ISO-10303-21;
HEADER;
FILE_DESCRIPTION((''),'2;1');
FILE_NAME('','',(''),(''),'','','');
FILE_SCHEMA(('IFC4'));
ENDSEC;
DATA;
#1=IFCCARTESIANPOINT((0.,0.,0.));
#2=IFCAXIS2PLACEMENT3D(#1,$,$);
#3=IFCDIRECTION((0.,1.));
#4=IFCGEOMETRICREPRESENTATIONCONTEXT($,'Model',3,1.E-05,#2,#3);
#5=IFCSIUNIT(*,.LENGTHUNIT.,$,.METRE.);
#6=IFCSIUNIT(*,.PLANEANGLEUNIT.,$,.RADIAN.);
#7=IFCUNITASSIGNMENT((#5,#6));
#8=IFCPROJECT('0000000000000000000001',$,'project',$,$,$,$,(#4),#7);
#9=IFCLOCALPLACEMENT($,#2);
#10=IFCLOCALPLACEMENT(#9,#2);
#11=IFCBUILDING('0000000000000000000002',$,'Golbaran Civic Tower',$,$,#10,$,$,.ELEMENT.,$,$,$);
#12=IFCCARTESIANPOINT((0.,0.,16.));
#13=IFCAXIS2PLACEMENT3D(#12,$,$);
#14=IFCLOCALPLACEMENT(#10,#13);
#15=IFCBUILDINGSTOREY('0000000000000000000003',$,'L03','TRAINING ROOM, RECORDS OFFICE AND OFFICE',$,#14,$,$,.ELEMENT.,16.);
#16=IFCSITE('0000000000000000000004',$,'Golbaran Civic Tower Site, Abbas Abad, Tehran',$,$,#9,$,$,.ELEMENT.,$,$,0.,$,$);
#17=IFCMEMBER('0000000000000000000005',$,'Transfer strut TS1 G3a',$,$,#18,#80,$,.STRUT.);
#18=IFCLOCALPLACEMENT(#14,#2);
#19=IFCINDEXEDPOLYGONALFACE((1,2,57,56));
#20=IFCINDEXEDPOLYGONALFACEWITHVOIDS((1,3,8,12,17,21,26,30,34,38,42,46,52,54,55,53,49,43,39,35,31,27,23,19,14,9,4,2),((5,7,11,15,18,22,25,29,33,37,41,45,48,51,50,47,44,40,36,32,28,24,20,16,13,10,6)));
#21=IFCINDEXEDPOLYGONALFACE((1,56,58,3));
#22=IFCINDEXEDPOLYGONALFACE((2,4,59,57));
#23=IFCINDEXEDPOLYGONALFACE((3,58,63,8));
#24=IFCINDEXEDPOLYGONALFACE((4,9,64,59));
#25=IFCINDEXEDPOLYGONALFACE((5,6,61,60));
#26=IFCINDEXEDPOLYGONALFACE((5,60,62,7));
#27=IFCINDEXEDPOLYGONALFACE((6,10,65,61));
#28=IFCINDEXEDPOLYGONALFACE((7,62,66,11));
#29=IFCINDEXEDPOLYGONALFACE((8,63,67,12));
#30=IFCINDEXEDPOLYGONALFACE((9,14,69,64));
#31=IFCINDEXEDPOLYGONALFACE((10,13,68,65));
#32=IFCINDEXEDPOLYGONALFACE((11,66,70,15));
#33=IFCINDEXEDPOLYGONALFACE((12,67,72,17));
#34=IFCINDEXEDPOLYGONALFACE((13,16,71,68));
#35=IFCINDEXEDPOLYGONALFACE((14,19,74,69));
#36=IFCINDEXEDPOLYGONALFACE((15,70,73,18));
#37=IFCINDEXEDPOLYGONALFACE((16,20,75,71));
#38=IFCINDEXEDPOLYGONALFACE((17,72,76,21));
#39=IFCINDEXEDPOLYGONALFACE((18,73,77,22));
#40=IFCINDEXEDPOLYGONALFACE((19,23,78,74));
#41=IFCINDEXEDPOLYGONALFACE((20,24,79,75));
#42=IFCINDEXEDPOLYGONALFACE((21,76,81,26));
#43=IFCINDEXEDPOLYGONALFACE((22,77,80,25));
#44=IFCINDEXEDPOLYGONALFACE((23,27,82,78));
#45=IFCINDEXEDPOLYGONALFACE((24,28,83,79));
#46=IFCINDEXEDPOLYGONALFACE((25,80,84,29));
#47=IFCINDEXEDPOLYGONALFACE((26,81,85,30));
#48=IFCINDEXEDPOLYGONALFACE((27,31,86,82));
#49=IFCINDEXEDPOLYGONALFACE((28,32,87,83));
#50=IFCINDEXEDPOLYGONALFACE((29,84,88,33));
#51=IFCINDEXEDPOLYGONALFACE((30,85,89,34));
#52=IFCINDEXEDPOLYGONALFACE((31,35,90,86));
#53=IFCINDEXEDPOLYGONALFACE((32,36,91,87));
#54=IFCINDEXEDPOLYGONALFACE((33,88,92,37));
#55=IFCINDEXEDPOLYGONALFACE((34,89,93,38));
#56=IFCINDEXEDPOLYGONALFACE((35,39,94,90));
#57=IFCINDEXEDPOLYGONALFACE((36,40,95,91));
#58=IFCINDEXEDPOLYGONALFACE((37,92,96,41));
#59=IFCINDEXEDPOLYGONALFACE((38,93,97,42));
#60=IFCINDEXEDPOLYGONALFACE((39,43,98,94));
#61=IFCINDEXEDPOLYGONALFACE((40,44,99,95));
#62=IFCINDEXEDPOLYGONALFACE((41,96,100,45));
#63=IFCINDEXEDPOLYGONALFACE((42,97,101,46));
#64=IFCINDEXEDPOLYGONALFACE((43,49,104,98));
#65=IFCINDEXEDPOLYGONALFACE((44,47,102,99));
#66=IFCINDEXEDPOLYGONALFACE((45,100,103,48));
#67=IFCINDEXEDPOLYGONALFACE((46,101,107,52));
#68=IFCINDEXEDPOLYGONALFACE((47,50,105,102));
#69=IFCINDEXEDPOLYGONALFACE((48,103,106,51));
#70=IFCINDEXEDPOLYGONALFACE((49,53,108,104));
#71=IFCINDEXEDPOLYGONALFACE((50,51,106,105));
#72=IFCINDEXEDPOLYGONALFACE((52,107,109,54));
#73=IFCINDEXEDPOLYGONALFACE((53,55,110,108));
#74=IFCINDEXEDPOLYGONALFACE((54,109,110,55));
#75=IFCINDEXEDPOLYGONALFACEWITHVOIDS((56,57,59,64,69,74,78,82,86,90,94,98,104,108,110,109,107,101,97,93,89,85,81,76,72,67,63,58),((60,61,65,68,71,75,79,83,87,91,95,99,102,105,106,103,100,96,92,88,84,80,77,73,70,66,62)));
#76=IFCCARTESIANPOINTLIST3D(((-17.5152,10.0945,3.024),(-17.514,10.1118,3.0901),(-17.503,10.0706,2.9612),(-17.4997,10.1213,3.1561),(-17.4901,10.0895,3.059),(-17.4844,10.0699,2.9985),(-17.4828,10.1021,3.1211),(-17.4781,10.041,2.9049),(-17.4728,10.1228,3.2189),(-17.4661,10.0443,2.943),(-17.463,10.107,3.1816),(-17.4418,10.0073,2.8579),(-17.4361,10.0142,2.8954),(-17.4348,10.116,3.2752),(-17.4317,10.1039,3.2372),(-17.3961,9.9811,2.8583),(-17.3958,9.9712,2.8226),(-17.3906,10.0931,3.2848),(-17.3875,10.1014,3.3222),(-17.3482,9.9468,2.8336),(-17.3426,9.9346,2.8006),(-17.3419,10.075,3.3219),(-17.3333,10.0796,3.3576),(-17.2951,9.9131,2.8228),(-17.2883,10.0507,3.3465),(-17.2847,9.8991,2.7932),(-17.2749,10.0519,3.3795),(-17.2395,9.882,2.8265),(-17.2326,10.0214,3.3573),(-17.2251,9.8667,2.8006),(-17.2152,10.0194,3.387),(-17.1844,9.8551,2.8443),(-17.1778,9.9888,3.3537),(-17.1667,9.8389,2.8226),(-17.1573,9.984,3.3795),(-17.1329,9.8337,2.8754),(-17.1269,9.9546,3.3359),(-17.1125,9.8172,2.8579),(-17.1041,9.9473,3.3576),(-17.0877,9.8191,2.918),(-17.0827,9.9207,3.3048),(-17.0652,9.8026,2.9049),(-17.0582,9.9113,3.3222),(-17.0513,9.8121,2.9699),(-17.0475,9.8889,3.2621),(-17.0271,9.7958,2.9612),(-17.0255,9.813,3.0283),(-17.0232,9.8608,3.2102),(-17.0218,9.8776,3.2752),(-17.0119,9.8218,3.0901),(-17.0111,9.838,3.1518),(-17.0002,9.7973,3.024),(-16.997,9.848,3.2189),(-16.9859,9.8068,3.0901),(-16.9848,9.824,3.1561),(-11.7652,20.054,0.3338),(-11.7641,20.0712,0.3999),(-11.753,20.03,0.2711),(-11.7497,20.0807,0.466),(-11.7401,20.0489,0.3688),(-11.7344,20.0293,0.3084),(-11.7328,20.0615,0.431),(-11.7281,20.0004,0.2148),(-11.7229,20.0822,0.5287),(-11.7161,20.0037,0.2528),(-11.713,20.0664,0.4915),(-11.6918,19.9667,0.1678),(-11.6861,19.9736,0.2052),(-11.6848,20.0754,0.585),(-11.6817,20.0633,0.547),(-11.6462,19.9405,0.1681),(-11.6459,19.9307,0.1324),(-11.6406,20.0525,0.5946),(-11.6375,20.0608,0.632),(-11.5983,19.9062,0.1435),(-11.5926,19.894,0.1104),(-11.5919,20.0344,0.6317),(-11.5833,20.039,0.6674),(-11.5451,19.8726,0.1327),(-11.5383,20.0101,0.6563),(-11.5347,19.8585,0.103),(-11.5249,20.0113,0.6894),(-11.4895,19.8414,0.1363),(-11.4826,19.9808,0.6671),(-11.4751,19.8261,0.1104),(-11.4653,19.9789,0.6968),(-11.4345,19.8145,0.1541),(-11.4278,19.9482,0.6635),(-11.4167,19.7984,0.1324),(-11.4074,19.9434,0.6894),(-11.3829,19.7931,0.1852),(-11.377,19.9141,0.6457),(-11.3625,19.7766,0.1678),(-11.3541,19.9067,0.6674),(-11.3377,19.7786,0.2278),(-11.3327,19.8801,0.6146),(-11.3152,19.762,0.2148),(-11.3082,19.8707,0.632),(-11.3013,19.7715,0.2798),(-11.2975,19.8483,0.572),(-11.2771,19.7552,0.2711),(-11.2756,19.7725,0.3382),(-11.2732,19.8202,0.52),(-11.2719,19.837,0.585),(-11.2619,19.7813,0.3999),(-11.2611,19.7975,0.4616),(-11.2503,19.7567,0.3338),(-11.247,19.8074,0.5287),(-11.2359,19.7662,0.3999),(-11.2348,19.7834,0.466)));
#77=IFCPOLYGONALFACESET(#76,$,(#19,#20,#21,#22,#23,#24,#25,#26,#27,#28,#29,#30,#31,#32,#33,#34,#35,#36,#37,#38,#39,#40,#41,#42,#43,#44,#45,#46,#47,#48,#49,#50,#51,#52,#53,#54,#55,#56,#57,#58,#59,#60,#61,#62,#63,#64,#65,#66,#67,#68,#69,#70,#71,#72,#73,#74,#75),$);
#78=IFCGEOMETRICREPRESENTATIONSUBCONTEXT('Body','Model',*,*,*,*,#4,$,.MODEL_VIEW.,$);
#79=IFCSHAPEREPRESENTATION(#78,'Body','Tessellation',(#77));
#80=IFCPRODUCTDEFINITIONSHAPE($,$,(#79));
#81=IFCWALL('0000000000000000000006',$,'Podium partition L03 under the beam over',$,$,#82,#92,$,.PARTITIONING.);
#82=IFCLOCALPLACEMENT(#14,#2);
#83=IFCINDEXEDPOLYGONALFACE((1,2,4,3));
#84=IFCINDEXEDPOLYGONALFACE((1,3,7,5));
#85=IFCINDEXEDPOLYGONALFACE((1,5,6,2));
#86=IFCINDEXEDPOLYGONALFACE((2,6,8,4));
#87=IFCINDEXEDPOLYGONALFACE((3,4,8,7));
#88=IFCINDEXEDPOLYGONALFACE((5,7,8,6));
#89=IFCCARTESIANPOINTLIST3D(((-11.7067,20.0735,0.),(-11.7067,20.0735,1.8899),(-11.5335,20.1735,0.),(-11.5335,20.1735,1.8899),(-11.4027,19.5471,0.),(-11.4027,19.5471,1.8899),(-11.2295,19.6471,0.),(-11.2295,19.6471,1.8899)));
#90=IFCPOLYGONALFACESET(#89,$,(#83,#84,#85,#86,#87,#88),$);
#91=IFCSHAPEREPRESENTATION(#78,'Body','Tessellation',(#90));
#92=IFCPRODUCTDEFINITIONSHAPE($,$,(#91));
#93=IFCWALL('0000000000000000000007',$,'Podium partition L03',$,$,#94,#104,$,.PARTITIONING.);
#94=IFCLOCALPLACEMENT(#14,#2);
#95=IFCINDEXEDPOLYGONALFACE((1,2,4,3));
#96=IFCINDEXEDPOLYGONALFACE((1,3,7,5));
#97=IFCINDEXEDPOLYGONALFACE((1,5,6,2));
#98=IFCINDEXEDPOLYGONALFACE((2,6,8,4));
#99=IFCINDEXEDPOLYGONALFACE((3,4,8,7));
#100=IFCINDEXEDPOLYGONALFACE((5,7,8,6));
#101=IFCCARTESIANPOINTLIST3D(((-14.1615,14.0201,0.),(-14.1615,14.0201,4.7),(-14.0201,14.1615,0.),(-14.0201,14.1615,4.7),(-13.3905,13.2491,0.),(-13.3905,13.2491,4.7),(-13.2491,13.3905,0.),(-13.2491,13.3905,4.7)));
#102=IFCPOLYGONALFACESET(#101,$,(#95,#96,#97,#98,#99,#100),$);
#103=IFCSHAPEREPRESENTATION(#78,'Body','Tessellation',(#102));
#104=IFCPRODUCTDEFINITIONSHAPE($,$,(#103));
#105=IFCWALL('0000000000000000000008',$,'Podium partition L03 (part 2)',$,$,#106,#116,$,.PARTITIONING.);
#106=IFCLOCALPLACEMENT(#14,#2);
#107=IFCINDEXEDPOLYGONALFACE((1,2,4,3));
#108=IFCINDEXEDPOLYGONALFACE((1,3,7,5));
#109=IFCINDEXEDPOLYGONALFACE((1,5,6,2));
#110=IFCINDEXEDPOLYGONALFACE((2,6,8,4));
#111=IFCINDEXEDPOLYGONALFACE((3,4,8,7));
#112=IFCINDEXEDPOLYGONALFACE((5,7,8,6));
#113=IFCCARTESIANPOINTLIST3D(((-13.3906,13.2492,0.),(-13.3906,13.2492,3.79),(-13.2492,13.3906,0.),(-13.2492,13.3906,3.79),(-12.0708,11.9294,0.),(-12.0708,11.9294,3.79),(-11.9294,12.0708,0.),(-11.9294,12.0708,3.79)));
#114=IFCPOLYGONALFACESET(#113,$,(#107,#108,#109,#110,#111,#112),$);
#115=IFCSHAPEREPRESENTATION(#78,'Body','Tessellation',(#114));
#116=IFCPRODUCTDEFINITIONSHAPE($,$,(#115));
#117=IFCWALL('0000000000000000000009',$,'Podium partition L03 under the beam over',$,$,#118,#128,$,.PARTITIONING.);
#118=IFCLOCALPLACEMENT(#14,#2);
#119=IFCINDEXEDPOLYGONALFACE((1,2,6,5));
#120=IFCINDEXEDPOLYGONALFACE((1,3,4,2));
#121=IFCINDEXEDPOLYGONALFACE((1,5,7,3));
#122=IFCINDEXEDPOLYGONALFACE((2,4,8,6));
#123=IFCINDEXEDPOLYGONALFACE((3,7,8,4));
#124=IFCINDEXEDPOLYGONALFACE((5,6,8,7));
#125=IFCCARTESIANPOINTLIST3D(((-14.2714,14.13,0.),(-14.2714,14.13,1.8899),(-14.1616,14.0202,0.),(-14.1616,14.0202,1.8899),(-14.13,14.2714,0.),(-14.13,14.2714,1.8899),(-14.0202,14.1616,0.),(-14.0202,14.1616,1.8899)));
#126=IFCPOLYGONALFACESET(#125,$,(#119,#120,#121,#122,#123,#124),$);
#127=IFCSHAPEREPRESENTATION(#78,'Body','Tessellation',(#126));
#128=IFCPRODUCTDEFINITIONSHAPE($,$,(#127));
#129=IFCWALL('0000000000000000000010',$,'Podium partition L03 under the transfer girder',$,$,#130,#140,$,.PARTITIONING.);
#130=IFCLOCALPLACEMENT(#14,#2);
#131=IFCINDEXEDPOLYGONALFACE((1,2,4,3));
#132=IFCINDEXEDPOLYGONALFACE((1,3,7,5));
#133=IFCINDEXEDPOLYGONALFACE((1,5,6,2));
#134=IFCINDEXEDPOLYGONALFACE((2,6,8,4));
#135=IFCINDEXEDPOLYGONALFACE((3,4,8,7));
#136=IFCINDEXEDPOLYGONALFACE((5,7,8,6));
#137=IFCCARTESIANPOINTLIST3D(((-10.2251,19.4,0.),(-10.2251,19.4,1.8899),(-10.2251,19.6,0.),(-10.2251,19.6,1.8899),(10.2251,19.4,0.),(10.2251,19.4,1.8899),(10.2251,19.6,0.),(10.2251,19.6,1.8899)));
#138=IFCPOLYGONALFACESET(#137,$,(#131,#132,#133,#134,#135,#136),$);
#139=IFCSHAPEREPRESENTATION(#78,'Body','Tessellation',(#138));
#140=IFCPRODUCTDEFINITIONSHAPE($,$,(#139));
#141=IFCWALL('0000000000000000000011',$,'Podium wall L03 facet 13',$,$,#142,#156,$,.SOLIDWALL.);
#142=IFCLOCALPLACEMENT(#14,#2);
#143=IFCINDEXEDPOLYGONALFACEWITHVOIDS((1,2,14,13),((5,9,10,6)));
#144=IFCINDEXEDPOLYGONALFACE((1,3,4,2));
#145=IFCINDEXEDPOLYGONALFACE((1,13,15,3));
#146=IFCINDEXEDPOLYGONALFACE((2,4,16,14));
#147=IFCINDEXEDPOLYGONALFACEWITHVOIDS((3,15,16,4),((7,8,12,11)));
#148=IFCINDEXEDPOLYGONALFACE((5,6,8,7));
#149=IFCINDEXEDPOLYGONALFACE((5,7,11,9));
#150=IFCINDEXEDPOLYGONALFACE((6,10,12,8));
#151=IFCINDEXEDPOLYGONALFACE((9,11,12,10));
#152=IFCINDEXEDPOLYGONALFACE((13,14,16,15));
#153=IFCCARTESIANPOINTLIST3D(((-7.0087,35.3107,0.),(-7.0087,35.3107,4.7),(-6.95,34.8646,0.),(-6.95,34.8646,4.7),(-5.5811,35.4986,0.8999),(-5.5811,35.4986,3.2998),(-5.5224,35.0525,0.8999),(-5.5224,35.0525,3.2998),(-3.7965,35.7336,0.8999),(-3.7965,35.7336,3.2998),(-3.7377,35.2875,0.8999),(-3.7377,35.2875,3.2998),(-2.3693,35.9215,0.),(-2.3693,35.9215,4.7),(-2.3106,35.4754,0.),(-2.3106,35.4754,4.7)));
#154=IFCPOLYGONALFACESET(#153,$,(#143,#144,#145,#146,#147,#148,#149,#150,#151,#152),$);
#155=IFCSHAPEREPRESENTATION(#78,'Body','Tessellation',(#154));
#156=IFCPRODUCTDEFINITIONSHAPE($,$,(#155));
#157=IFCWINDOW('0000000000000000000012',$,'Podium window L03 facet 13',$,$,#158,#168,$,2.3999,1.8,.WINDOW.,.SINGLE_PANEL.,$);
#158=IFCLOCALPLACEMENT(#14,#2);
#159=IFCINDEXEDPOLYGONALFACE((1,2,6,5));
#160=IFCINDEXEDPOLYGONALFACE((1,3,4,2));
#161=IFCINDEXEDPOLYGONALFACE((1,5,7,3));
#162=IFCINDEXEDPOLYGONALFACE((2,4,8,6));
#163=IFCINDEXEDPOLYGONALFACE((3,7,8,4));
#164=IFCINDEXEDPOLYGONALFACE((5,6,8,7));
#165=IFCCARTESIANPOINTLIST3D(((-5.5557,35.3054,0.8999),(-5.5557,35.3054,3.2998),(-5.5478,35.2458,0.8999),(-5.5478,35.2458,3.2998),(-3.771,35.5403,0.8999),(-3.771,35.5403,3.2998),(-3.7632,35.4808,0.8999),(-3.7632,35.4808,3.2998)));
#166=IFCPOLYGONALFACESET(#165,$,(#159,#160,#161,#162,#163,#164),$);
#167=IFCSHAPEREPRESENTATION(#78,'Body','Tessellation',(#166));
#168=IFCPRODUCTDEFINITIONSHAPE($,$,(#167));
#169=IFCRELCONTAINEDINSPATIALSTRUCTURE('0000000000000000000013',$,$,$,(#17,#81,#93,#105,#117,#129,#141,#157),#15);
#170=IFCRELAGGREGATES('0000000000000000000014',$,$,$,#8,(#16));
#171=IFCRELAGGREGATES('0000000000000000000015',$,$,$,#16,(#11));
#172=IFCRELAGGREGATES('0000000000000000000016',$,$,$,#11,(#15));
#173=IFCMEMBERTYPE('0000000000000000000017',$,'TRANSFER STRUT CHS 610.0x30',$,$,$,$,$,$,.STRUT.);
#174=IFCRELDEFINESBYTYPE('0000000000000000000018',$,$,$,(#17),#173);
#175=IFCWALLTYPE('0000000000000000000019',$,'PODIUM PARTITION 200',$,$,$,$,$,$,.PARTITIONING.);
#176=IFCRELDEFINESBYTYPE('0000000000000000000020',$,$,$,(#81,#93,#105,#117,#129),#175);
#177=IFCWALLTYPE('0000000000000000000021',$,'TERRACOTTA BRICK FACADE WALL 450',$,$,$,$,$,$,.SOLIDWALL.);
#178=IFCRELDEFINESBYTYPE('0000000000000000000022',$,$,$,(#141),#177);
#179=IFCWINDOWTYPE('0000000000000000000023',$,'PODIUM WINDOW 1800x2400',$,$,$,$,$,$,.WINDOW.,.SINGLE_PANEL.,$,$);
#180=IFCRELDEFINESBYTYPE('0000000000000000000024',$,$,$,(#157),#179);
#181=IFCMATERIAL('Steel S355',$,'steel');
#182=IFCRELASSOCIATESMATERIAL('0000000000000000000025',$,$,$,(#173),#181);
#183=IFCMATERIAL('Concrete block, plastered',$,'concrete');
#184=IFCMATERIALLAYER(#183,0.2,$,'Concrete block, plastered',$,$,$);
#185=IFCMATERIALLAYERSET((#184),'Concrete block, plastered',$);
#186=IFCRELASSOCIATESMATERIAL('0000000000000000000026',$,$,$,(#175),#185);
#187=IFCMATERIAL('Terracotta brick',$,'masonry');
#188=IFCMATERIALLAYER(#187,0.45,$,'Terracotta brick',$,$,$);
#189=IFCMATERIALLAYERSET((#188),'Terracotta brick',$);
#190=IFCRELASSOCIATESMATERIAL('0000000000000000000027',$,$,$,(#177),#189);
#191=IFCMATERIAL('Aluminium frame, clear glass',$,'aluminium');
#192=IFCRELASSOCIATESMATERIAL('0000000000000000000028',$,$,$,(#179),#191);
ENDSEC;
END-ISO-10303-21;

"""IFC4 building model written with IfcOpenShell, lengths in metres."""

from ifc_helpers import new_model, si_unit, direction, frame, frame_2d, origin, origin_2d, place, context, subcontext, project, spatial, rectangle, hollow_circle, extrude, material, layer, layer_set, material_profile, profile_set, type_object, element, fill, save


model = new_model("IFC4")

# Units and contexts
model_context = context("Model", 3, precision=1e-05, world=origin(), true_north=direction((0.0, 1.0)))
body_context = subcontext(model_context, "Body", "Model", "MODEL_VIEW")
ifc_project = project(units=[si_unit("LENGTHUNIT", "METRE"), si_unit("PLANEANGLEUNIT", "RADIAN")], contexts=[model_context])

# Site, building, storey
site_placement = place(None, origin())
site = spatial("IfcSite", under=ifc_project, at=site_placement, Name="Golbaran Civic Tower Site, Abbas Abad, Tehran", CompositionType="ELEMENT", RefElevation=0.0)
building_placement = place(site_placement, origin())
building = spatial("IfcBuilding", under=site, at=building_placement, Name="Golbaran Civic Tower", CompositionType="ELEMENT")
storey_placement = place(building_placement, frame((0.0, 0.0, 16.0)))
storey = spatial("IfcBuildingStorey", under=building, at=storey_placement, Name="L03", Description="TRAINING ROOM, RECORDS OFFICE AND OFFICE", CompositionType="ELEMENT", Elevation=16.0)

# Shared definitions
ifc_material_1 = material(Name="Steel S355", Category="steel")

# Member
ifc_material_profile_1 = material_profile(ifc_material_1, hollow_circle(Radius=0.3049, WallThickness=0.03, at=origin_2d()), Name="CHS 610.0x30")
ifc_profile_set_1 = profile_set([ifc_material_profile_1], Name="Steel S355")
member_type = type_object("IfcMemberType", Name="TRANSFER STRUT CHS 610.0x30", PredefinedType="STRUT", material=ifc_profile_set_1)
for number, where, z_axis, x_axis, name in (
    (1, (-11.5, 19.9187, 0.3999), (-0.48685, -0.843264, 0.227777), (0.866029, -0.499993, 0.0), "Transfer strut TS1 G3a"),
):
    element("IfcMember", number, at=place(storey_placement, frame(where, z_axis=z_axis, x_axis=x_axis)), inside=storey, type_object=member_type, Name=name, PredefinedType="STRUT", context=body_context, shape_type="SweptSolid", body=[
        extrude(hollow_circle(Radius=0.3049, WallThickness=0.03, at=origin_2d()), origin(), (0.0, 0.0, 1.0), 11.8105),
    ])

# Walls
ifc_material_2 = material(Name="Concrete block, plastered", Category="concrete")
ifc_layer_1 = layer(ifc_material_2, 0.2, Name="Concrete block, plastered")
ifc_layer_set_1 = layer_set([ifc_layer_1], Name="Concrete block, plastered")
wall_type_1 = type_object("IfcWallType", Name="PODIUM PARTITION 200", PredefinedType="PARTITIONING", material=ifc_layer_set_1)
wall_1_placement = place(storey_placement, frame((-11.6201, 20.1235, 0.0), z_axis=(0.0, 0.0, 1.0), x_axis=(0.50007, -0.865985, 0.0)))
element("IfcWall", 2, at=wall_1_placement, inside=storey, type_object=wall_type_1, Name="Podium partition L03 under the beam over", PredefinedType="PARTITIONING", context=body_context, shape_type="SweptSolid", body=[
    extrude(rectangle(XDim=0.6079, YDim=0.2, at=frame_2d((0.304, 0.0))), origin(), (0.0, 0.0, 1.0), 1.8899),
])
wall_2_placement = place(storey_placement, frame((-14.0908, 14.0908, 0.0), z_axis=(0.0, 0.0, 1.0), x_axis=(0.707107, -0.707107, 0.0)))
element("IfcWall", 3, at=wall_2_placement, inside=storey, type_object=wall_type_1, Name="Podium partition L03", PredefinedType="PARTITIONING", context=body_context, shape_type="SweptSolid", body=[
    extrude(rectangle(XDim=1.0903, YDim=0.2, at=frame_2d((0.5452, 0.0))), origin(), (0.0, 0.0, 1.0), 4.7),
])
wall_3_placement = place(storey_placement, frame((-13.3198, 13.3198, 0.0), z_axis=(0.0, 0.0, 1.0), x_axis=(0.707107, -0.707107, 0.0)))
element("IfcWall", 4, at=wall_3_placement, inside=storey, type_object=wall_type_1, Name="Podium partition L03 (part 2)", PredefinedType="PARTITIONING", context=body_context, shape_type="SweptSolid", body=[
    extrude(rectangle(XDim=1.8665, YDim=0.2, at=frame_2d((0.9331, 0.0))), origin(), (0.0, 0.0, 1.0), 3.79),
])
wall_4_placement = place(storey_placement, frame((-14.2007, 14.2007, 0.0), z_axis=(0.0, 0.0, 1.0), x_axis=(0.707107, -0.707107, 0.0)))
element("IfcWall", 5, at=wall_4_placement, inside=storey, type_object=wall_type_1, Name="Podium partition L03 under the beam over", PredefinedType="PARTITIONING", context=body_context, shape_type="SweptSolid", body=[
    extrude(rectangle(XDim=0.1553, YDim=0.2, at=frame_2d((0.0776, 0.0))), origin(), (0.0, 0.0, 1.0), 1.8899),
])
wall_5_placement = place(storey_placement, frame((-10.2251, 19.5, 0.0), z_axis=(0.0, 0.0, 1.0), x_axis=(1.0, 0.0, 0.0)))
element("IfcWall", 6, at=wall_5_placement, inside=storey, type_object=wall_type_1, Name="Podium partition L03 under the transfer girder", PredefinedType="PARTITIONING", context=body_context, shape_type="SweptSolid", body=[
    extrude(rectangle(XDim=20.4502, YDim=0.2, at=frame_2d((10.2251, 0.0))), origin(), (0.0, 0.0, 1.0), 1.8899),
])

# Wall, opening, window
ifc_material_3 = material(Name="Terracotta brick", Category="masonry")
ifc_layer_2 = layer(ifc_material_3, 0.45, Name="Terracotta brick")
ifc_layer_set_2 = layer_set([ifc_layer_2], Name="Terracotta brick")
wall_type_2 = type_object("IfcWallType", Name="TERRACOTTA BRICK FACADE WALL 450", PredefinedType="SOLIDWALL", material=ifc_layer_set_2)
wall_6_placement = place(storey_placement, frame((-2.3398, 35.6985, 0.0), z_axis=(0.0, 0.0, 1.0), x_axis=(-0.991443, -0.130537, 0.0)))
wall_6 = element("IfcWall", 7, at=wall_6_placement, inside=storey, type_object=wall_type_2, Name="Podium wall L03 facet 13", PredefinedType="SOLIDWALL", context=body_context, shape_type="SweptSolid", body=[
    extrude(rectangle(XDim=4.6794, YDim=0.45, at=frame_2d((2.3398, 0.0))), origin(), (0.0, 0.0, 1.0), 4.7),
])
opening_1_placement = place(wall_6_placement, frame((1.4397, 0.0, 0.8999)))
opening_1 = element("IfcOpeningElement", 8, at=opening_1_placement, cuts=wall_6, PredefinedType="OPENING", context=body_context, shape_type="SweptSolid", body=[
    extrude(rectangle(XDim=1.8, YDim=2.3999, at=frame_2d((0.8999, 1.2))), frame((0.0, 0.2349, 0.0), z_axis=(0.0, -1.0, 0.0), x_axis=(1.0, 0.0, 0.0)), (0.0, 0.0, 1.0), 0.47),
])
ifc_material_4 = material(Name="Aluminium frame, clear glass", Category="aluminium")
window_type = type_object("IfcWindowType", Name="PODIUM WINDOW 1800x2400", PartitioningType="SINGLE_PANEL", PredefinedType="WINDOW", material=ifc_material_4)
window_1_placement = place(opening_1_placement, origin())
window_1 = element("IfcWindow", 9, at=window_1_placement, inside=storey, type_object=window_type, Name="Podium window L03 facet 13", OverallHeight=2.3999, OverallWidth=1.8, PartitioningType="SINGLE_PANEL", PredefinedType="WINDOW", context=body_context, shape_type="SweptSolid", body=[
    extrude(rectangle(XDim=1.8, YDim=2.3999, at=frame_2d((0.8999, 1.2))), frame((0.0, 0.03, 0.0), z_axis=(0.0, -1.0, 0.0), x_axis=(1.0, 0.0, 0.0)), (0.0, 0.0, 1.0), 0.0601),
])
fill(opening_1, window_1)

save(model, "model.ifc")
